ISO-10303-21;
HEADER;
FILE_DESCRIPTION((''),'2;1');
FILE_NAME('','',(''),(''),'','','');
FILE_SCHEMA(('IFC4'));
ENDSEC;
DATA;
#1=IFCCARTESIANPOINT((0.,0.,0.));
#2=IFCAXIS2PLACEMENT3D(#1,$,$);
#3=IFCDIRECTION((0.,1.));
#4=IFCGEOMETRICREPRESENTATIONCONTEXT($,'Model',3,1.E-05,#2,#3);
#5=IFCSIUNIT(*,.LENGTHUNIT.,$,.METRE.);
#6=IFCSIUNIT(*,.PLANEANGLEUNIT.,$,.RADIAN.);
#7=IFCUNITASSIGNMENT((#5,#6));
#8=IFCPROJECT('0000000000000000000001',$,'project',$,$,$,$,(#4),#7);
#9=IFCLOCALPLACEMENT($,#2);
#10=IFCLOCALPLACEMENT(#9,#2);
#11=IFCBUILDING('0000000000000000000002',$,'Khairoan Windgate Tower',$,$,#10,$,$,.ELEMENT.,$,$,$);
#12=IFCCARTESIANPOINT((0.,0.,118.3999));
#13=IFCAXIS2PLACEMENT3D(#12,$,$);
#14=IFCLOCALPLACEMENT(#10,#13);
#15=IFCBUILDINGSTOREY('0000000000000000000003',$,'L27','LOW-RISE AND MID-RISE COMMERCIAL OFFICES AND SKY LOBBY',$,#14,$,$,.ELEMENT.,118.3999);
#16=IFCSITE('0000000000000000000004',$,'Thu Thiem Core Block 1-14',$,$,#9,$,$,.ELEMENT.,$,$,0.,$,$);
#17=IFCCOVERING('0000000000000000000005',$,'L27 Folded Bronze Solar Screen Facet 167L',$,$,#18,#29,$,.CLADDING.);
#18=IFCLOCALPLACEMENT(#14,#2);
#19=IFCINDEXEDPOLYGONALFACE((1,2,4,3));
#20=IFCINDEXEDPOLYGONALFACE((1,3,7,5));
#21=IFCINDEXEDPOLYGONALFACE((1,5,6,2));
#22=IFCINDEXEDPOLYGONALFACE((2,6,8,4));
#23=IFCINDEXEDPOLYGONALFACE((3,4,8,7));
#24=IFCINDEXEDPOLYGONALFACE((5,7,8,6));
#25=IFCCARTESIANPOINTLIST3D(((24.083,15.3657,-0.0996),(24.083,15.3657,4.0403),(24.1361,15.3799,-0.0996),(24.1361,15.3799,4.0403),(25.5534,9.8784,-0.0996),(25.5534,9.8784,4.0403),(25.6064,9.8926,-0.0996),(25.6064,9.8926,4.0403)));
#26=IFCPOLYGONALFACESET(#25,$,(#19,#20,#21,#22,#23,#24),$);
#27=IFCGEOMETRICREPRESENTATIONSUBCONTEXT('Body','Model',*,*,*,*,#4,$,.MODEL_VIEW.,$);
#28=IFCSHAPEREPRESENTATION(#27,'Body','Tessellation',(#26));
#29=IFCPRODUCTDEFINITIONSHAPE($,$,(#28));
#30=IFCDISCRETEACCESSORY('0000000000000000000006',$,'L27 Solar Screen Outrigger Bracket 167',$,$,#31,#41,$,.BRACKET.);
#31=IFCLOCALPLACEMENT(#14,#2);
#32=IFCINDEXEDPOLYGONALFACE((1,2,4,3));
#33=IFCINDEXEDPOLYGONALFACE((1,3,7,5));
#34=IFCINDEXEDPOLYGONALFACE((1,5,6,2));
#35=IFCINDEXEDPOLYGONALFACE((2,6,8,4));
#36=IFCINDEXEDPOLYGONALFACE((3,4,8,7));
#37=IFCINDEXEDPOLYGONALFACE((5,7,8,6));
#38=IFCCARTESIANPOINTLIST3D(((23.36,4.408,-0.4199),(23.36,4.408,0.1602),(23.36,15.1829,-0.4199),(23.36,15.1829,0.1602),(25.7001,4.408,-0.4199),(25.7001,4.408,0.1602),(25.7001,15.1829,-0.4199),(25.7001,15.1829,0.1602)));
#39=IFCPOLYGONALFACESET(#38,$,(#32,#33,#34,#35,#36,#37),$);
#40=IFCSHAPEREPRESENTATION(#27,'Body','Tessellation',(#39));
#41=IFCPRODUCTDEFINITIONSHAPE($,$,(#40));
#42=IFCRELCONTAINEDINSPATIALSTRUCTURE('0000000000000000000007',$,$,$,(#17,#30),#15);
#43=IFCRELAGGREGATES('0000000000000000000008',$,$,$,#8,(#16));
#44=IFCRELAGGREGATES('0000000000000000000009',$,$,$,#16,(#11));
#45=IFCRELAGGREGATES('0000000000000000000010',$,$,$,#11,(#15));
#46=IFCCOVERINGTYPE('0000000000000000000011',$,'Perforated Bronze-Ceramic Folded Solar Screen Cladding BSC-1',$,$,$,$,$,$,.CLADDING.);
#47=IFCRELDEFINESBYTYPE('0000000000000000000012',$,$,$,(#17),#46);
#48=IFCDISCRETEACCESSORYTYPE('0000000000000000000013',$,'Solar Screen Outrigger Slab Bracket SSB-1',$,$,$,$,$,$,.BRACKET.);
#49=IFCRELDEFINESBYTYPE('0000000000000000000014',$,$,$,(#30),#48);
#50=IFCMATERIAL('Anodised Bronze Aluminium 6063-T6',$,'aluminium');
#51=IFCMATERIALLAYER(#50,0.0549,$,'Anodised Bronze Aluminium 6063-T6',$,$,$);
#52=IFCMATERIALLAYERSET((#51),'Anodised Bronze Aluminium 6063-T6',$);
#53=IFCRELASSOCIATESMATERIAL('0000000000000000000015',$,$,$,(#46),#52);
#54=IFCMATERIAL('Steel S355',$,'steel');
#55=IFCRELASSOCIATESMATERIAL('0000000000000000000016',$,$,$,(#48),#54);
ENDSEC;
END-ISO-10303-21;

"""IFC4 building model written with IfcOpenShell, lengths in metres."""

from ifc_helpers import new_model, si_unit, direction, frame, origin, origin_2d, place, context, subcontext, project, spatial, rectangle, extrude, material, layer, layer_set, type_object, element, save


model = new_model("IFC4")

# Units and contexts
model_context = context("Model", 3, precision=1e-05, world=origin(), true_north=direction((0.0, 1.0)))
body_context = subcontext(model_context, "Body", "Model", "MODEL_VIEW")
ifc_project = project(units=[si_unit("LENGTHUNIT", "METRE"), si_unit("PLANEANGLEUNIT", "RADIAN")], contexts=[model_context])

# Site, building, storey
site_placement = place(None, origin())
site = spatial("IfcSite", under=ifc_project, at=site_placement, Name="Thu Thiem Core Block 1-14", CompositionType="ELEMENT", RefElevation=0.0)
building_placement = place(site_placement, origin())
building = spatial("IfcBuilding", under=site, at=building_placement, Name="Khairoan Windgate Tower", CompositionType="ELEMENT")
storey_placement = place(building_placement, frame((0.0, 0.0, 118.3999)))
storey = spatial("IfcBuildingStorey", under=building, at=storey_placement, Name="L27", Description="LOW-RISE AND MID-RISE COMMERCIAL OFFICES AND SKY LOBBY", CompositionType="ELEMENT", Elevation=118.3999)

# Covering
ifc_material_1 = material(Name="Anodised Bronze Aluminium 6063-T6", Category="aluminium")
ifc_layer_1 = layer(ifc_material_1, 0.0549, Name="Anodised Bronze Aluminium 6063-T6")
ifc_layer_set_1 = layer_set([ifc_layer_1], Name="Anodised Bronze Aluminium 6063-T6")
covering_type = type_object("IfcCoveringType", Name="Perforated Bronze-Ceramic Folded Solar Screen Cladding BSC-1", PredefinedType="CLADDING", material=ifc_layer_set_1)
covering_placement = place(storey_placement, frame((24.8447, 12.6292, -0.0996), z_axis=(0.0, 0.0, 1.0), x_axis=(0.258819, -0.965926, 0.0)))
element("IfcCovering", 1, at=covering_placement, inside=storey, type_object=covering_type, Name="L27 Folded Bronze Solar Screen Facet 167L", PredefinedType="CLADDING", context=body_context, shape_type="SweptSolid", body=[
    extrude(rectangle(XDim=5.6809, YDim=0.0549, at=origin_2d()), origin(), (0.0, 0.0, 1.0), 4.1399),
])

# Discrete accessory
ifc_material_2 = material(Name="Steel S355", Category="steel")
discrete_accessory_type = type_object("IfcDiscreteAccessoryType", Name="Solar Screen Outrigger Slab Bracket SSB-1", PredefinedType="BRACKET", material=ifc_material_2)
discrete_accessory_placement = place(storey_placement, frame((24.53, 9.7954, -0.4199), z_axis=(0.0, 0.0, 1.0), x_axis=(0.0, -1.0, 0.0)))
element("IfcDiscreteAccessory", 2, at=discrete_accessory_placement, inside=storey, type_object=discrete_accessory_type, Name="L27 Solar Screen Outrigger Bracket 167", PredefinedType="BRACKET", context=body_context, shape_type="SweptSolid", body=[
    extrude(rectangle(XDim=10.7749, YDim=2.3401, at=origin_2d()), origin(), (0.0, 0.0, 1.0), 0.5801),
])

save(model, "model.ifc")
